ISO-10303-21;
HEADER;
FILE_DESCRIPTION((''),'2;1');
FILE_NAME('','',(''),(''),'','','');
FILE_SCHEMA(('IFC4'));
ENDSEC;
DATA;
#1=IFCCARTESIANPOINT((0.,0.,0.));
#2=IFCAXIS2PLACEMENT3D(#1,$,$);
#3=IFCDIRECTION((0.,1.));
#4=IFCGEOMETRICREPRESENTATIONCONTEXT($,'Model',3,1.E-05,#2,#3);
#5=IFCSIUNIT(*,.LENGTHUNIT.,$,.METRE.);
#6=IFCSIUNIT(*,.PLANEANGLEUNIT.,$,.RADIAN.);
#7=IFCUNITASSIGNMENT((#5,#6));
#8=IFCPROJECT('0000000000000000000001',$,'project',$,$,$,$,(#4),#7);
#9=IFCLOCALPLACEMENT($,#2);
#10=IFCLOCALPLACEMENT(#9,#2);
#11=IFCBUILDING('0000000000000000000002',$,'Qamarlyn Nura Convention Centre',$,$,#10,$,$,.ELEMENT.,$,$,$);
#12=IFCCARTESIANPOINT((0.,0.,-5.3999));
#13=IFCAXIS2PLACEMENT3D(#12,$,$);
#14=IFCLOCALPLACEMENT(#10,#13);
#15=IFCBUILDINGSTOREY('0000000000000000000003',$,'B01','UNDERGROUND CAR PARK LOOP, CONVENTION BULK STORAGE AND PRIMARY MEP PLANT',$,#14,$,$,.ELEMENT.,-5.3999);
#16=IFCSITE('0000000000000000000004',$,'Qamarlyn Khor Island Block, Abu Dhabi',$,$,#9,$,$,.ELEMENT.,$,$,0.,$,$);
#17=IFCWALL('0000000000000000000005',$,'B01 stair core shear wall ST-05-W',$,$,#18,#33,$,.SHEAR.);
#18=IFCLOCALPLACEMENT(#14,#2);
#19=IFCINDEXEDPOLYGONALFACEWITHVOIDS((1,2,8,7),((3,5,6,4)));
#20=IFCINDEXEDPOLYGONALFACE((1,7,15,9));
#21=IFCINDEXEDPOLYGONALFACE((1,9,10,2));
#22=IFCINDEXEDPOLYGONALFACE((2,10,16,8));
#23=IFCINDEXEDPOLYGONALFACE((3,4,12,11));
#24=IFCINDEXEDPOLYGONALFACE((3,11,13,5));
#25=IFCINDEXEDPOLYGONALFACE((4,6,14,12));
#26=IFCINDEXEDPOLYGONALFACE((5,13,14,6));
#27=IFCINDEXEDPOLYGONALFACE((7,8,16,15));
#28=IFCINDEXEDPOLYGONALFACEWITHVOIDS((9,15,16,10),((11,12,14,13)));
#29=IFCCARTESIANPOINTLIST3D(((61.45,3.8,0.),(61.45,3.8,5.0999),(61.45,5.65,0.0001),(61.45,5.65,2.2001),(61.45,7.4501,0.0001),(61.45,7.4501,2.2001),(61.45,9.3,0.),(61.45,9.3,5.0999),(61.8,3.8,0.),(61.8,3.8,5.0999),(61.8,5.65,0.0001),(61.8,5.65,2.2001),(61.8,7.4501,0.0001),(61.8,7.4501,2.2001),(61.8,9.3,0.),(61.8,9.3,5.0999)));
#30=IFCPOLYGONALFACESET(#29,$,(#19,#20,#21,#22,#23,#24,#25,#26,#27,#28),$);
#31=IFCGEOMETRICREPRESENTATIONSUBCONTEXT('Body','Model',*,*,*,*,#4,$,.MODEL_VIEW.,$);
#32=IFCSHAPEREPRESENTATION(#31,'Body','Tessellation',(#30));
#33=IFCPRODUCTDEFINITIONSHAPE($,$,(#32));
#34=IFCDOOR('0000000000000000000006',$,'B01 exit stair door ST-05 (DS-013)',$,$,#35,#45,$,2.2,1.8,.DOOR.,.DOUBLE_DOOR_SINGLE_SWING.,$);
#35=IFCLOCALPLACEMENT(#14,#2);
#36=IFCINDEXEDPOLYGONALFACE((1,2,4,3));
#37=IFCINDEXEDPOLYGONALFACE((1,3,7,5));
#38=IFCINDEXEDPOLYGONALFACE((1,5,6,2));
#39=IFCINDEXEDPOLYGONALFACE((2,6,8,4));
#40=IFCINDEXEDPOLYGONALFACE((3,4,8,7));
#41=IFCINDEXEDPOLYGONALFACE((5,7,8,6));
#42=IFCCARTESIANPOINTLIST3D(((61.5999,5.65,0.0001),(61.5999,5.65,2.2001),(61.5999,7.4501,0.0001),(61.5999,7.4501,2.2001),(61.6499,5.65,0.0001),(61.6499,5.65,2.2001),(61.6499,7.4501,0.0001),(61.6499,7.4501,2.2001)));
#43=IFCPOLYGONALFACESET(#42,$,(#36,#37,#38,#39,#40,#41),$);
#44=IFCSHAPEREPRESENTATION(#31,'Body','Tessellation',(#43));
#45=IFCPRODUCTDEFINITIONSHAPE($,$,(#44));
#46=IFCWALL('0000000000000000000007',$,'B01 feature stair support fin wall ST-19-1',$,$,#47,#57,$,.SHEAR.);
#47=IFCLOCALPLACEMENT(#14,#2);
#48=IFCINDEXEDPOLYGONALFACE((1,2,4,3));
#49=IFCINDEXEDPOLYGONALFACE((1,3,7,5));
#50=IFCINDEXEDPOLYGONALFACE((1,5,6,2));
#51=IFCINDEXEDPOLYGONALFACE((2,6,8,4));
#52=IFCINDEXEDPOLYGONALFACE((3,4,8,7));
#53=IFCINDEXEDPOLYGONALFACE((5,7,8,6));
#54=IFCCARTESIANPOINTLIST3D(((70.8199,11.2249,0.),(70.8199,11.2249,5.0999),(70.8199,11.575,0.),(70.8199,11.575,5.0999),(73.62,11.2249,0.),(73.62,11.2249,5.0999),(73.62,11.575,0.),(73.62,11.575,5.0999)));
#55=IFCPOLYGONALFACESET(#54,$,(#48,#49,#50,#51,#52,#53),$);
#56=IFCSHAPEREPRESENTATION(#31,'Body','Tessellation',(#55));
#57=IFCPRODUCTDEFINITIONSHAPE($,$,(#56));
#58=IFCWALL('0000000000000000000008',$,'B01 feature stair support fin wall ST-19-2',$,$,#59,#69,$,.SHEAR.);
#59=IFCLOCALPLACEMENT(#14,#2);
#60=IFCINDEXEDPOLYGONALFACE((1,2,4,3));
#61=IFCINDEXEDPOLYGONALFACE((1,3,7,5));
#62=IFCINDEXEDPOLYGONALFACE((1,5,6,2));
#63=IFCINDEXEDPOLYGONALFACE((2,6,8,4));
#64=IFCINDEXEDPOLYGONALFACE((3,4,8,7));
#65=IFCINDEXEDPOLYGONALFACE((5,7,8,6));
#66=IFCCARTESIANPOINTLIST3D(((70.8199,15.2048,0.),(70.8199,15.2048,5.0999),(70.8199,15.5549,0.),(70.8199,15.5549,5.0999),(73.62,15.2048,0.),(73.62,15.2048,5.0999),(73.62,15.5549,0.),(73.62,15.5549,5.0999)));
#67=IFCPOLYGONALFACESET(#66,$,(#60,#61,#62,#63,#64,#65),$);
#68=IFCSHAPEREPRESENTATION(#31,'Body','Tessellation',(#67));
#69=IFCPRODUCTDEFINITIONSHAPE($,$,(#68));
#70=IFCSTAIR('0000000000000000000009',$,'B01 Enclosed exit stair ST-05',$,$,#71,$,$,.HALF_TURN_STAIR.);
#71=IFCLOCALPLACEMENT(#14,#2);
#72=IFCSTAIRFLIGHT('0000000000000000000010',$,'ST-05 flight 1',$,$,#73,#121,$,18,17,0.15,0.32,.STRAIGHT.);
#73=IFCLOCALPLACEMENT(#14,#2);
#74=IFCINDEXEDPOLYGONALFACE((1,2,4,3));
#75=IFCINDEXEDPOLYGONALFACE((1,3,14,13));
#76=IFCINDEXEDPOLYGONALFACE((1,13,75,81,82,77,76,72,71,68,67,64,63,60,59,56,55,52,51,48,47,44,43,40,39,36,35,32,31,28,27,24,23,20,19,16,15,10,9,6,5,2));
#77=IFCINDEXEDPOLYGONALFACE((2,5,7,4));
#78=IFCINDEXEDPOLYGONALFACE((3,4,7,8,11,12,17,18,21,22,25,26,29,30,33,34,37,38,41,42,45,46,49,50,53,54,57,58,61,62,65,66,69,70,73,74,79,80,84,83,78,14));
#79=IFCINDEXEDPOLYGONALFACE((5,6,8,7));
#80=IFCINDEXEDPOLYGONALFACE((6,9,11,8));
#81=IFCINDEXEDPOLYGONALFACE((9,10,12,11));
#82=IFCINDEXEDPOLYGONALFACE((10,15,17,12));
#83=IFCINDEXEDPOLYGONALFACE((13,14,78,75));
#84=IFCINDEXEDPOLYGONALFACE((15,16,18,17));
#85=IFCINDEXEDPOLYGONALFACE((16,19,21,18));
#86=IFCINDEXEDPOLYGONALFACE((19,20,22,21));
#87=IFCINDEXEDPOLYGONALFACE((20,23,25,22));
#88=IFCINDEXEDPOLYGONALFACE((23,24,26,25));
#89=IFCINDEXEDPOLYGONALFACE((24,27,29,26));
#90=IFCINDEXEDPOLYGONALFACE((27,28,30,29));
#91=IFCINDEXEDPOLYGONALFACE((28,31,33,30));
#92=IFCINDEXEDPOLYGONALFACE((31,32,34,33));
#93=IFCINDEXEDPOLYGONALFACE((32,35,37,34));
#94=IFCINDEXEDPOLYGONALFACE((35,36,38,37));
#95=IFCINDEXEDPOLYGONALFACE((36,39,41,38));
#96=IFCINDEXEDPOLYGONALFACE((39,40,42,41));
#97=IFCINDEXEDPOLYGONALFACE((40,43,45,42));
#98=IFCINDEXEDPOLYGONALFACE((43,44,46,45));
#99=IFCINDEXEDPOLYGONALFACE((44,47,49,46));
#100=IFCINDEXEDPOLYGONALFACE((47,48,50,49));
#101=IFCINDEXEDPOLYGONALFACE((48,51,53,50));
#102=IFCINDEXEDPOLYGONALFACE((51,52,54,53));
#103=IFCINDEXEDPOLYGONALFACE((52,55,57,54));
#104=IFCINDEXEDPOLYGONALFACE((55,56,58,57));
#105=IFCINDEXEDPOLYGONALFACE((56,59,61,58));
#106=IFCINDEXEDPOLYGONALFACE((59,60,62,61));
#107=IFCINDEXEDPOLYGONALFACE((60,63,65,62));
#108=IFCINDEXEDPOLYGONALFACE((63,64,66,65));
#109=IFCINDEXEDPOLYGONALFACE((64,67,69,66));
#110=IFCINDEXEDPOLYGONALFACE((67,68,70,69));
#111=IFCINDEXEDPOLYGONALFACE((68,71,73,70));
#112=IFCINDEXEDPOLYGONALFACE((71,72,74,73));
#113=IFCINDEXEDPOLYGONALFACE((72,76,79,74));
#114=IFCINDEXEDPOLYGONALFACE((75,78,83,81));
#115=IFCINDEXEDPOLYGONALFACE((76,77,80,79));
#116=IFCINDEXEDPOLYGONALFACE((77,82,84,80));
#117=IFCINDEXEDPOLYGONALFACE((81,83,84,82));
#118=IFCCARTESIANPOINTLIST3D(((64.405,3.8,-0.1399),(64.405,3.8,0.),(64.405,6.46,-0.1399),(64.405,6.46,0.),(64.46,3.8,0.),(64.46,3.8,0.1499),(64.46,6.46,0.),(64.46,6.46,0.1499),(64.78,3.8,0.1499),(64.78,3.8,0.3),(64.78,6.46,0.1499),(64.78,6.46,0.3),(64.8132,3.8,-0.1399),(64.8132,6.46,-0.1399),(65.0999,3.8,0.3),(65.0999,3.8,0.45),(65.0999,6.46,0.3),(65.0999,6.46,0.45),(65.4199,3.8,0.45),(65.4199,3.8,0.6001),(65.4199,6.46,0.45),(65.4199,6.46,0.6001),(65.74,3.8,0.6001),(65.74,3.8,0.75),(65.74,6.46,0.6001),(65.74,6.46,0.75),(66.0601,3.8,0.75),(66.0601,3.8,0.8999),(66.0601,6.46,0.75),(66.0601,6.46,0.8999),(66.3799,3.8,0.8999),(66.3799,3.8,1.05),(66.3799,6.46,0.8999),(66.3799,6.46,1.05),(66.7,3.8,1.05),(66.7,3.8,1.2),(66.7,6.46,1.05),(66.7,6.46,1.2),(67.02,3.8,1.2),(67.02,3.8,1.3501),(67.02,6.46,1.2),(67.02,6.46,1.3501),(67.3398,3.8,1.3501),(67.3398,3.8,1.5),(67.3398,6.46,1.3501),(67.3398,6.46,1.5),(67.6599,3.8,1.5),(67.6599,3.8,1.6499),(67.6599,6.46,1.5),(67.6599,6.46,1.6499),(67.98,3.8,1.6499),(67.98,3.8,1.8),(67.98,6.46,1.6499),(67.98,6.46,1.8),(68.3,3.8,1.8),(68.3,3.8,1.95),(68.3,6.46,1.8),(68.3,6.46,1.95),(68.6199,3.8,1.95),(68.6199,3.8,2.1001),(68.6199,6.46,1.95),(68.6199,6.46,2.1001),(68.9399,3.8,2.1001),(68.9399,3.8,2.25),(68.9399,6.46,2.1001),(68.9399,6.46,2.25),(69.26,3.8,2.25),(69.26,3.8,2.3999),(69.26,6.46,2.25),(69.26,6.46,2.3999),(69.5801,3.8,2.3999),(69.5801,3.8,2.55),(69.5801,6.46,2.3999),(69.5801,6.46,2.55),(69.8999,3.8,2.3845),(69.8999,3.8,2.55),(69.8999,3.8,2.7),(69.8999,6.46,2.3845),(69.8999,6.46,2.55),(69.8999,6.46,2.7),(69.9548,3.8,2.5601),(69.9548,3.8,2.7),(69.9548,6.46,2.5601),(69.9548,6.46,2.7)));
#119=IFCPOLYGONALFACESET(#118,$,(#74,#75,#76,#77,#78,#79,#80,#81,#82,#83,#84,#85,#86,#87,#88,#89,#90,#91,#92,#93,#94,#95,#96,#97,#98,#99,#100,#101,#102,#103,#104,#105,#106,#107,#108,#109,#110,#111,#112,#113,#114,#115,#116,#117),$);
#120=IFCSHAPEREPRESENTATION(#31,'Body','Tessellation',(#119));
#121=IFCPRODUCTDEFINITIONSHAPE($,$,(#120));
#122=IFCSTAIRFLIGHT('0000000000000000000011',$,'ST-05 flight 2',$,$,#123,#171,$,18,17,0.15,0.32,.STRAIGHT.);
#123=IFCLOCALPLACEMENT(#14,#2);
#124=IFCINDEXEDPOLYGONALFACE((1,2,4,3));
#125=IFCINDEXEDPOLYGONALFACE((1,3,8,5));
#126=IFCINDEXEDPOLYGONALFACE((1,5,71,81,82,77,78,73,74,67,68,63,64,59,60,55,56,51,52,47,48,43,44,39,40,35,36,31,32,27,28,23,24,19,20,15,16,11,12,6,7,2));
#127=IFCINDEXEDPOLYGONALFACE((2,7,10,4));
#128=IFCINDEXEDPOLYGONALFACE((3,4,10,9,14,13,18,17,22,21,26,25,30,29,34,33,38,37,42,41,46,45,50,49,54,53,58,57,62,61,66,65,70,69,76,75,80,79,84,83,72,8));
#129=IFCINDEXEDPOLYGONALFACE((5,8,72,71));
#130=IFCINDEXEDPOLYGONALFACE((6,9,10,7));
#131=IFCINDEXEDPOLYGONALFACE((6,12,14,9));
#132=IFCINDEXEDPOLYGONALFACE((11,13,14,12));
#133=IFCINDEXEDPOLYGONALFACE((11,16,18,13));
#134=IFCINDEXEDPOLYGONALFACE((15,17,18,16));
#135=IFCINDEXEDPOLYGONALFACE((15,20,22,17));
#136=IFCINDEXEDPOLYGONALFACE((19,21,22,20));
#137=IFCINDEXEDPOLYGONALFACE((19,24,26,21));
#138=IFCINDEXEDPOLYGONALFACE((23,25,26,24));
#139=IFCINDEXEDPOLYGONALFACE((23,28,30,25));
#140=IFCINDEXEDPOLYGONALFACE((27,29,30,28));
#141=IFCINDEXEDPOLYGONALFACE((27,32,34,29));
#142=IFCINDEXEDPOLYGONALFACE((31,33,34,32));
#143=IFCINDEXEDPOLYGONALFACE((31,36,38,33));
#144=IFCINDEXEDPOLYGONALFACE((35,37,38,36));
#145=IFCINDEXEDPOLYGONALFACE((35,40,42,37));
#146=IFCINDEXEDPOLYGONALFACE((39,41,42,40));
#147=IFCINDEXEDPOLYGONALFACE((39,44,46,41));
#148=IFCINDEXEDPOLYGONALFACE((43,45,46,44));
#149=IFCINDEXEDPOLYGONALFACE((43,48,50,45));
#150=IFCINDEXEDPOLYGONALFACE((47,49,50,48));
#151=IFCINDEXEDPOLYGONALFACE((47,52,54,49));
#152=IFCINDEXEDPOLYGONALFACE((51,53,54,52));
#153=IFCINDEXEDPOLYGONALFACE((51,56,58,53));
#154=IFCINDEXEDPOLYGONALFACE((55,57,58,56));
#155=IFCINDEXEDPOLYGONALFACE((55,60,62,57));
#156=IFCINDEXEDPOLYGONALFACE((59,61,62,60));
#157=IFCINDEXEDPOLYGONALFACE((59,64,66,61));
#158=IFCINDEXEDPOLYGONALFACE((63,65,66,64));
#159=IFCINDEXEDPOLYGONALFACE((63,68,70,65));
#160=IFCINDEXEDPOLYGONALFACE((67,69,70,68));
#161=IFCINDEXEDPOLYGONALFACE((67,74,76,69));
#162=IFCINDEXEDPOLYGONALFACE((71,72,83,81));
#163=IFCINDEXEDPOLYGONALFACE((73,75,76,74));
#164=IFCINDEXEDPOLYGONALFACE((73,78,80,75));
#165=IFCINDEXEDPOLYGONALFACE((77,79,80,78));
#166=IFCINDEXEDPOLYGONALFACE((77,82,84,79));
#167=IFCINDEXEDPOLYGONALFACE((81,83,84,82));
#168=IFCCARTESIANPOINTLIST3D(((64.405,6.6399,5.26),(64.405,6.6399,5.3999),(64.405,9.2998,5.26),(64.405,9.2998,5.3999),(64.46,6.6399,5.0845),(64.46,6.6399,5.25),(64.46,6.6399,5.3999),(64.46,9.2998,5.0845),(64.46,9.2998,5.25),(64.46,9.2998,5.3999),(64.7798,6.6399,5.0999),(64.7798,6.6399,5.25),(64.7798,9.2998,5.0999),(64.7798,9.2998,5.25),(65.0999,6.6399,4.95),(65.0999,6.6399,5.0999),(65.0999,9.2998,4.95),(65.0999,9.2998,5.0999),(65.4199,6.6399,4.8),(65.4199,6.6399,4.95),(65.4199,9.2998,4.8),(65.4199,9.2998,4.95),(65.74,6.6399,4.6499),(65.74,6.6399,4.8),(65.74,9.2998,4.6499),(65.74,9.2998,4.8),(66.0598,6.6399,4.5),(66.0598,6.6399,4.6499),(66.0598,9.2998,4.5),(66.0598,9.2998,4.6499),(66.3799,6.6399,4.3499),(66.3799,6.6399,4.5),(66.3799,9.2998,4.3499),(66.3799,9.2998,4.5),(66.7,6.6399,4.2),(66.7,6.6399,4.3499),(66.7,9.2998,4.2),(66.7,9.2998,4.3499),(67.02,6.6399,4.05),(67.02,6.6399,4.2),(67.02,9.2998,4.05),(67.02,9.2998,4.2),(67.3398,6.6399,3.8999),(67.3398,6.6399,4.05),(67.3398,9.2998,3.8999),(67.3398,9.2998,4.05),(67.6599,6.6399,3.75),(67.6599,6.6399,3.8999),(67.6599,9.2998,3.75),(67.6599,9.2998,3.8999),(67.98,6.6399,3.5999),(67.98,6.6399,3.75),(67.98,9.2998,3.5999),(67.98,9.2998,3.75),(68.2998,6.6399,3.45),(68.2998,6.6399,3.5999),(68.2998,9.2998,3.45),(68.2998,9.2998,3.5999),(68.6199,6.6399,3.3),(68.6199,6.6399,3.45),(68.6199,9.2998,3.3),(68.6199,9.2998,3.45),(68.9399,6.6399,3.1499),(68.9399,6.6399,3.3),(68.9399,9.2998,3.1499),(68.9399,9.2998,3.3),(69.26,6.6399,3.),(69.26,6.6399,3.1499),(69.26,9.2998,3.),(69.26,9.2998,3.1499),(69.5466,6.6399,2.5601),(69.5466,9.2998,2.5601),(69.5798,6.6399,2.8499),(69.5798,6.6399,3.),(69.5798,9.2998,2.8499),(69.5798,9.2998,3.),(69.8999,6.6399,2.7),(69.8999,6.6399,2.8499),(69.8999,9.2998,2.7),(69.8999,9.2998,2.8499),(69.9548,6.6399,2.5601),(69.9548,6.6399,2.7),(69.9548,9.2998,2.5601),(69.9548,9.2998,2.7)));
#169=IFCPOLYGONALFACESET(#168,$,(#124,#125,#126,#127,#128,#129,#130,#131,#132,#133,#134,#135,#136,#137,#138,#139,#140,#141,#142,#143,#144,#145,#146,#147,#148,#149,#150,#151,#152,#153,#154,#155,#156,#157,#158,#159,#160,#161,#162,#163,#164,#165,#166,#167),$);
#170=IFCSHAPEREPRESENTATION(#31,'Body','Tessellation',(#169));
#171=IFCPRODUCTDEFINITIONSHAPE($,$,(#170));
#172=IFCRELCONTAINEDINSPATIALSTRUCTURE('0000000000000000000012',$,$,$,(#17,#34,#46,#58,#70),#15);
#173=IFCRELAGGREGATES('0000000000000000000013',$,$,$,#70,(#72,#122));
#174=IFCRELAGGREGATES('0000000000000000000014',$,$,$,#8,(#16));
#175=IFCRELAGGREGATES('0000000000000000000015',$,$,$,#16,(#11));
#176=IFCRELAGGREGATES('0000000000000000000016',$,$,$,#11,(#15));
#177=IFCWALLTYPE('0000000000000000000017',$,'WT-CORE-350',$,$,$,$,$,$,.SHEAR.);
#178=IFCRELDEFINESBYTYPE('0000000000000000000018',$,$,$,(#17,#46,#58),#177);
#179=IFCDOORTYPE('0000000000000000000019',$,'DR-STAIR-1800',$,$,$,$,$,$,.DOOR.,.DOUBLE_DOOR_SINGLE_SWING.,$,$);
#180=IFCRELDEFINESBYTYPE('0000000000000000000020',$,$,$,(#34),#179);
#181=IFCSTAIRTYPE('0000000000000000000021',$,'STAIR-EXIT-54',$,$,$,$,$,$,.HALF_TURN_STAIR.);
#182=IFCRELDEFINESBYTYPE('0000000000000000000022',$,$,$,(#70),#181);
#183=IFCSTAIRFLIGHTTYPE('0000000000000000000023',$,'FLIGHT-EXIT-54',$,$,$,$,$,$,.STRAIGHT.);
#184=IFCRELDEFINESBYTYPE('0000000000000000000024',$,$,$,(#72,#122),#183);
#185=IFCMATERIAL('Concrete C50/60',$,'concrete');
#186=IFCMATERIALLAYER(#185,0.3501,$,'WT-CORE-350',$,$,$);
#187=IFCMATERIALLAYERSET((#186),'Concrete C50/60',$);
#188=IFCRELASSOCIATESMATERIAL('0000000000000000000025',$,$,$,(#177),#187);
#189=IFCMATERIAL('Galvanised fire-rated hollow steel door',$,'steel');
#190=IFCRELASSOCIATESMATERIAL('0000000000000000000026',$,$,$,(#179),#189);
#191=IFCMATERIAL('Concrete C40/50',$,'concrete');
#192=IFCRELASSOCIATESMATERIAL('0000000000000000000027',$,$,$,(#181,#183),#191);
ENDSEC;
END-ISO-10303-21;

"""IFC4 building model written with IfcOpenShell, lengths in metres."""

from ifc_helpers import new_model, si_unit, direction, frame, frame_2d, origin, place, context, subcontext, project, spatial, polyline, rectangle, outline, extrude, material, layer, layer_set, type_object, element, fill, aggregate, save


model = new_model("IFC4")

# Units and contexts
model_context = context("Model", 3, precision=1e-05, world=origin(), true_north=direction((0.0, 1.0)))
body_context = subcontext(model_context, "Body", "Model", "MODEL_VIEW")
ifc_project = project(units=[si_unit("LENGTHUNIT", "METRE"), si_unit("PLANEANGLEUNIT", "RADIAN")], contexts=[model_context])

# Site, building, storey
site_placement = place(None, origin())
site = spatial("IfcSite", under=ifc_project, at=site_placement, Name="Qamarlyn Khor Island Block, Abu Dhabi", CompositionType="ELEMENT", RefElevation=0.0)
building_placement = place(site_placement, origin())
building = spatial("IfcBuilding", under=site, at=building_placement, Name="Qamarlyn Nura Convention Centre", CompositionType="ELEMENT")
storey_placement = place(building_placement, frame((0.0, 0.0, -5.3999)))
storey = spatial("IfcBuildingStorey", under=building, at=storey_placement, Name="B01", Description="UNDERGROUND CAR PARK LOOP, CONVENTION BULK STORAGE AND PRIMARY MEP PLANT", CompositionType="ELEMENT", Elevation=-5.3999)

# Shared definitions
ifc_material_1 = material(Name="Concrete C40/50", Category="concrete")

# Wall, opening, door
ifc_material_2 = material(Name="Concrete C50/60", Category="concrete")
ifc_layer = layer(ifc_material_2, 0.3501, Name="WT-CORE-350")
ifc_layer_set = layer_set([ifc_layer], Name="Concrete C50/60")
wall_type = type_object("IfcWallType", Name="WT-CORE-350", PredefinedType="SHEAR", material=ifc_layer_set)
wall_placement = place(storey_placement, frame((61.625, 9.3, 0.0), z_axis=(0.0, 0.0, 1.0), x_axis=(0.0, -1.0, 0.0)))
wall = element("IfcWall", 1, at=wall_placement, inside=storey, type_object=wall_type, Name="B01 stair core shear wall ST-05-W", PredefinedType="SHEAR", context=body_context, shape_type="SweptSolid", body=[
    extrude(rectangle(XDim=5.5, YDim=0.3501, at=frame_2d((2.75, 0.0))), origin(), (0.0, 0.0, 1.0), 5.0999),
])
opening_placement = place(wall_placement, frame((1.8501, 0.0, 0.0)))
opening = element("IfcOpeningElement", 2, at=opening_placement, cuts=wall, PredefinedType="OPENING", context=body_context, shape_type="SweptSolid", body=[
    extrude(rectangle(XDim=1.8, YDim=2.2, at=frame_2d((0.8999, 1.1001))), frame((0.0, 0.1851, 0.0), z_axis=(0.0, -1.0, 0.0), x_axis=(1.0, 0.0, 0.0)), (0.0, 0.0, 1.0), 0.3701),
])
ifc_material_3 = material(Name="Galvanised fire-rated hollow steel door", Category="steel")
door_type = type_object("IfcDoorType", Name="DR-STAIR-1800", OperationType="DOUBLE_DOOR_SINGLE_SWING", PredefinedType="DOOR", material=ifc_material_3)
door_placement = place(opening_placement, origin())
door = element("IfcDoor", 3, at=door_placement, inside=storey, type_object=door_type, Name="B01 exit stair door ST-05 (DS-013)", OperationType="DOUBLE_DOOR_SINGLE_SWING", OverallHeight=2.2, OverallWidth=1.8, PredefinedType="DOOR", context=body_context, shape_type="SweptSolid", body=[
    extrude(rectangle(XDim=1.8, YDim=2.2, at=frame_2d((0.8999, 1.1001))), frame((0.0, 0.0249, 0.0), z_axis=(0.0, -1.0, 0.0), x_axis=(1.0, 0.0, 0.0)), (0.0, 0.0, 1.0), 0.05),
])
fill(opening, door)

# Walls
for number, where, z_axis, x_axis, name in (
    (4, (70.8201, 11.3999, 0.0), (0.0, 0.0, 1.0), (1.0, 0.0, 0.0), "B01 feature stair support fin wall ST-19-1"),
    (5, (70.8201, 15.3799, 0.0), (0.0, 0.0, 1.0), (1.0, 0.0, 0.0), "B01 feature stair support fin wall ST-19-2"),
):
    element("IfcWall", number, at=place(storey_placement, frame(where, z_axis=z_axis, x_axis=x_axis)), inside=storey, type_object=wall_type, Name=name, PredefinedType="SHEAR", context=body_context, shape_type="SweptSolid", body=[
        extrude(rectangle(XDim=2.8, YDim=0.3501, at=frame_2d((1.3999, 0.0))), origin(), (0.0, 0.0, 1.0), 5.0999),
    ])

# Stair, stair flights
stair_type = type_object("IfcStairType", Name="STAIR-EXIT-54", PredefinedType="HALF_TURN_STAIR", material=ifc_material_1)
stair_placement = place(storey_placement, origin())
stair = element("IfcStair", 6, at=stair_placement, inside=storey, type_object=stair_type, Name="B01 Enclosed exit stair ST-05", PredefinedType="HALF_TURN_STAIR")
stair_flight_type = type_object("IfcStairFlightType", Name="FLIGHT-EXIT-54", PredefinedType="STRAIGHT", material=ifc_material_1)
stair_flight_1_placement = place(storey_placement, frame((64.46, 5.1299, 0.0), z_axis=(0.0, 0.0, 1.0), x_axis=(1.0, 0.0, 0.0)))
stair_flight_1 = element("IfcStairFlight", 7, at=stair_flight_1_placement, type_object=stair_flight_type, Name="ST-05 flight 1", NumberOfRisers=18, NumberOfTreads=17, PredefinedType="STRAIGHT", RiserHeight=0.15, TreadLength=0.32, context=body_context, shape_type="SweptSolid", body=[
    extrude(outline(polyline([(-0.0549, 0.0), (0.0, 0.0), (0.0, 0.1499), (0.3201, 0.1499), (0.3201, 0.3), (0.6399, 0.3), (0.6399, 0.45), (0.96, 0.45), (0.96, 0.6001), (1.28, 0.6001), (1.28, 0.75), (1.6001, 0.75), (1.6001, 0.8999), (1.9199, 0.8999), (1.9199, 1.05), (2.24, 1.05), (2.24, 1.2), (2.5601, 1.2), (2.5601, 1.3501), (2.8799, 1.3501), (2.8799, 1.5), (3.2, 1.5), (3.2, 1.6499), (3.52, 1.6499), (3.52, 1.8), (3.8401, 1.8), (3.8401, 1.95), (4.1599, 1.95), (4.1599, 2.1001), (4.48, 2.1001), (4.48, 2.25), (4.8, 2.25), (4.8, 2.3999), (5.1201, 2.3999), (5.1201, 2.55), (5.4399, 2.55), (5.4399, 2.7), (5.4949, 2.7), (5.4949, 2.5601), (5.4399, 2.3845), (0.3533, -0.1399), (-0.0549, -0.1399), (-0.0549, 0.0)])), frame((0.0, 1.3301, 0.0), z_axis=(0.0, -1.0, 0.0), x_axis=(1.0, 0.0, 0.0)), (0.0, 0.0, 1.0), 2.6599),
])
stair_flight_2_placement = place(storey_placement, frame((69.8999, 7.97, 2.7), z_axis=(0.0, 0.0, 1.0), x_axis=(-1.0, 0.0, 0.0)))
stair_flight_2 = element("IfcStairFlight", 8, at=stair_flight_2_placement, type_object=stair_flight_type, Name="ST-05 flight 2", NumberOfRisers=18, NumberOfTreads=17, PredefinedType="STRAIGHT", RiserHeight=0.15, TreadLength=0.32, context=body_context, shape_type="SweptSolid", body=[
    extrude(outline(polyline([(-0.0549, 0.0), (0.0, 0.0), (0.0, 0.1499), (0.3201, 0.1499), (0.3201, 0.3), (0.6399, 0.3), (0.6399, 0.45), (0.96, 0.45), (0.96, 0.6001), (1.28, 0.6001), (1.28, 0.75), (1.6001, 0.75), (1.6001, 0.8999), (1.9199, 0.8999), (1.9199, 1.05), (2.24, 1.05), (2.24, 1.2), (2.5601, 1.2), (2.5601, 1.3501), (2.8799, 1.3501), (2.8799, 1.5), (3.2, 1.5), (3.2, 1.6499), (3.52, 1.6499), (3.52, 1.8), (3.8401, 1.8), (3.8401, 1.95), (4.1599, 1.95), (4.1599, 2.1001), (4.48, 2.1001), (4.48, 2.25), (4.8, 2.25), (4.8, 2.3999), (5.1201, 2.3999), (5.1201, 2.55), (5.4399, 2.55), (5.4399, 2.7), (5.4949, 2.7), (5.4949, 2.5601), (5.4399, 2.3845), (0.3533, -0.1399), (-0.0549, -0.1399), (-0.0549, 0.0)])), frame((0.0, 1.3301, 0.0), z_axis=(0.0, -1.0, 0.0), x_axis=(1.0, 0.0, 0.0)), (0.0, 0.0, 1.0), 2.6599),
])
aggregate(stair, [stair_flight_1, stair_flight_2])

save(model, "model.ifc")
